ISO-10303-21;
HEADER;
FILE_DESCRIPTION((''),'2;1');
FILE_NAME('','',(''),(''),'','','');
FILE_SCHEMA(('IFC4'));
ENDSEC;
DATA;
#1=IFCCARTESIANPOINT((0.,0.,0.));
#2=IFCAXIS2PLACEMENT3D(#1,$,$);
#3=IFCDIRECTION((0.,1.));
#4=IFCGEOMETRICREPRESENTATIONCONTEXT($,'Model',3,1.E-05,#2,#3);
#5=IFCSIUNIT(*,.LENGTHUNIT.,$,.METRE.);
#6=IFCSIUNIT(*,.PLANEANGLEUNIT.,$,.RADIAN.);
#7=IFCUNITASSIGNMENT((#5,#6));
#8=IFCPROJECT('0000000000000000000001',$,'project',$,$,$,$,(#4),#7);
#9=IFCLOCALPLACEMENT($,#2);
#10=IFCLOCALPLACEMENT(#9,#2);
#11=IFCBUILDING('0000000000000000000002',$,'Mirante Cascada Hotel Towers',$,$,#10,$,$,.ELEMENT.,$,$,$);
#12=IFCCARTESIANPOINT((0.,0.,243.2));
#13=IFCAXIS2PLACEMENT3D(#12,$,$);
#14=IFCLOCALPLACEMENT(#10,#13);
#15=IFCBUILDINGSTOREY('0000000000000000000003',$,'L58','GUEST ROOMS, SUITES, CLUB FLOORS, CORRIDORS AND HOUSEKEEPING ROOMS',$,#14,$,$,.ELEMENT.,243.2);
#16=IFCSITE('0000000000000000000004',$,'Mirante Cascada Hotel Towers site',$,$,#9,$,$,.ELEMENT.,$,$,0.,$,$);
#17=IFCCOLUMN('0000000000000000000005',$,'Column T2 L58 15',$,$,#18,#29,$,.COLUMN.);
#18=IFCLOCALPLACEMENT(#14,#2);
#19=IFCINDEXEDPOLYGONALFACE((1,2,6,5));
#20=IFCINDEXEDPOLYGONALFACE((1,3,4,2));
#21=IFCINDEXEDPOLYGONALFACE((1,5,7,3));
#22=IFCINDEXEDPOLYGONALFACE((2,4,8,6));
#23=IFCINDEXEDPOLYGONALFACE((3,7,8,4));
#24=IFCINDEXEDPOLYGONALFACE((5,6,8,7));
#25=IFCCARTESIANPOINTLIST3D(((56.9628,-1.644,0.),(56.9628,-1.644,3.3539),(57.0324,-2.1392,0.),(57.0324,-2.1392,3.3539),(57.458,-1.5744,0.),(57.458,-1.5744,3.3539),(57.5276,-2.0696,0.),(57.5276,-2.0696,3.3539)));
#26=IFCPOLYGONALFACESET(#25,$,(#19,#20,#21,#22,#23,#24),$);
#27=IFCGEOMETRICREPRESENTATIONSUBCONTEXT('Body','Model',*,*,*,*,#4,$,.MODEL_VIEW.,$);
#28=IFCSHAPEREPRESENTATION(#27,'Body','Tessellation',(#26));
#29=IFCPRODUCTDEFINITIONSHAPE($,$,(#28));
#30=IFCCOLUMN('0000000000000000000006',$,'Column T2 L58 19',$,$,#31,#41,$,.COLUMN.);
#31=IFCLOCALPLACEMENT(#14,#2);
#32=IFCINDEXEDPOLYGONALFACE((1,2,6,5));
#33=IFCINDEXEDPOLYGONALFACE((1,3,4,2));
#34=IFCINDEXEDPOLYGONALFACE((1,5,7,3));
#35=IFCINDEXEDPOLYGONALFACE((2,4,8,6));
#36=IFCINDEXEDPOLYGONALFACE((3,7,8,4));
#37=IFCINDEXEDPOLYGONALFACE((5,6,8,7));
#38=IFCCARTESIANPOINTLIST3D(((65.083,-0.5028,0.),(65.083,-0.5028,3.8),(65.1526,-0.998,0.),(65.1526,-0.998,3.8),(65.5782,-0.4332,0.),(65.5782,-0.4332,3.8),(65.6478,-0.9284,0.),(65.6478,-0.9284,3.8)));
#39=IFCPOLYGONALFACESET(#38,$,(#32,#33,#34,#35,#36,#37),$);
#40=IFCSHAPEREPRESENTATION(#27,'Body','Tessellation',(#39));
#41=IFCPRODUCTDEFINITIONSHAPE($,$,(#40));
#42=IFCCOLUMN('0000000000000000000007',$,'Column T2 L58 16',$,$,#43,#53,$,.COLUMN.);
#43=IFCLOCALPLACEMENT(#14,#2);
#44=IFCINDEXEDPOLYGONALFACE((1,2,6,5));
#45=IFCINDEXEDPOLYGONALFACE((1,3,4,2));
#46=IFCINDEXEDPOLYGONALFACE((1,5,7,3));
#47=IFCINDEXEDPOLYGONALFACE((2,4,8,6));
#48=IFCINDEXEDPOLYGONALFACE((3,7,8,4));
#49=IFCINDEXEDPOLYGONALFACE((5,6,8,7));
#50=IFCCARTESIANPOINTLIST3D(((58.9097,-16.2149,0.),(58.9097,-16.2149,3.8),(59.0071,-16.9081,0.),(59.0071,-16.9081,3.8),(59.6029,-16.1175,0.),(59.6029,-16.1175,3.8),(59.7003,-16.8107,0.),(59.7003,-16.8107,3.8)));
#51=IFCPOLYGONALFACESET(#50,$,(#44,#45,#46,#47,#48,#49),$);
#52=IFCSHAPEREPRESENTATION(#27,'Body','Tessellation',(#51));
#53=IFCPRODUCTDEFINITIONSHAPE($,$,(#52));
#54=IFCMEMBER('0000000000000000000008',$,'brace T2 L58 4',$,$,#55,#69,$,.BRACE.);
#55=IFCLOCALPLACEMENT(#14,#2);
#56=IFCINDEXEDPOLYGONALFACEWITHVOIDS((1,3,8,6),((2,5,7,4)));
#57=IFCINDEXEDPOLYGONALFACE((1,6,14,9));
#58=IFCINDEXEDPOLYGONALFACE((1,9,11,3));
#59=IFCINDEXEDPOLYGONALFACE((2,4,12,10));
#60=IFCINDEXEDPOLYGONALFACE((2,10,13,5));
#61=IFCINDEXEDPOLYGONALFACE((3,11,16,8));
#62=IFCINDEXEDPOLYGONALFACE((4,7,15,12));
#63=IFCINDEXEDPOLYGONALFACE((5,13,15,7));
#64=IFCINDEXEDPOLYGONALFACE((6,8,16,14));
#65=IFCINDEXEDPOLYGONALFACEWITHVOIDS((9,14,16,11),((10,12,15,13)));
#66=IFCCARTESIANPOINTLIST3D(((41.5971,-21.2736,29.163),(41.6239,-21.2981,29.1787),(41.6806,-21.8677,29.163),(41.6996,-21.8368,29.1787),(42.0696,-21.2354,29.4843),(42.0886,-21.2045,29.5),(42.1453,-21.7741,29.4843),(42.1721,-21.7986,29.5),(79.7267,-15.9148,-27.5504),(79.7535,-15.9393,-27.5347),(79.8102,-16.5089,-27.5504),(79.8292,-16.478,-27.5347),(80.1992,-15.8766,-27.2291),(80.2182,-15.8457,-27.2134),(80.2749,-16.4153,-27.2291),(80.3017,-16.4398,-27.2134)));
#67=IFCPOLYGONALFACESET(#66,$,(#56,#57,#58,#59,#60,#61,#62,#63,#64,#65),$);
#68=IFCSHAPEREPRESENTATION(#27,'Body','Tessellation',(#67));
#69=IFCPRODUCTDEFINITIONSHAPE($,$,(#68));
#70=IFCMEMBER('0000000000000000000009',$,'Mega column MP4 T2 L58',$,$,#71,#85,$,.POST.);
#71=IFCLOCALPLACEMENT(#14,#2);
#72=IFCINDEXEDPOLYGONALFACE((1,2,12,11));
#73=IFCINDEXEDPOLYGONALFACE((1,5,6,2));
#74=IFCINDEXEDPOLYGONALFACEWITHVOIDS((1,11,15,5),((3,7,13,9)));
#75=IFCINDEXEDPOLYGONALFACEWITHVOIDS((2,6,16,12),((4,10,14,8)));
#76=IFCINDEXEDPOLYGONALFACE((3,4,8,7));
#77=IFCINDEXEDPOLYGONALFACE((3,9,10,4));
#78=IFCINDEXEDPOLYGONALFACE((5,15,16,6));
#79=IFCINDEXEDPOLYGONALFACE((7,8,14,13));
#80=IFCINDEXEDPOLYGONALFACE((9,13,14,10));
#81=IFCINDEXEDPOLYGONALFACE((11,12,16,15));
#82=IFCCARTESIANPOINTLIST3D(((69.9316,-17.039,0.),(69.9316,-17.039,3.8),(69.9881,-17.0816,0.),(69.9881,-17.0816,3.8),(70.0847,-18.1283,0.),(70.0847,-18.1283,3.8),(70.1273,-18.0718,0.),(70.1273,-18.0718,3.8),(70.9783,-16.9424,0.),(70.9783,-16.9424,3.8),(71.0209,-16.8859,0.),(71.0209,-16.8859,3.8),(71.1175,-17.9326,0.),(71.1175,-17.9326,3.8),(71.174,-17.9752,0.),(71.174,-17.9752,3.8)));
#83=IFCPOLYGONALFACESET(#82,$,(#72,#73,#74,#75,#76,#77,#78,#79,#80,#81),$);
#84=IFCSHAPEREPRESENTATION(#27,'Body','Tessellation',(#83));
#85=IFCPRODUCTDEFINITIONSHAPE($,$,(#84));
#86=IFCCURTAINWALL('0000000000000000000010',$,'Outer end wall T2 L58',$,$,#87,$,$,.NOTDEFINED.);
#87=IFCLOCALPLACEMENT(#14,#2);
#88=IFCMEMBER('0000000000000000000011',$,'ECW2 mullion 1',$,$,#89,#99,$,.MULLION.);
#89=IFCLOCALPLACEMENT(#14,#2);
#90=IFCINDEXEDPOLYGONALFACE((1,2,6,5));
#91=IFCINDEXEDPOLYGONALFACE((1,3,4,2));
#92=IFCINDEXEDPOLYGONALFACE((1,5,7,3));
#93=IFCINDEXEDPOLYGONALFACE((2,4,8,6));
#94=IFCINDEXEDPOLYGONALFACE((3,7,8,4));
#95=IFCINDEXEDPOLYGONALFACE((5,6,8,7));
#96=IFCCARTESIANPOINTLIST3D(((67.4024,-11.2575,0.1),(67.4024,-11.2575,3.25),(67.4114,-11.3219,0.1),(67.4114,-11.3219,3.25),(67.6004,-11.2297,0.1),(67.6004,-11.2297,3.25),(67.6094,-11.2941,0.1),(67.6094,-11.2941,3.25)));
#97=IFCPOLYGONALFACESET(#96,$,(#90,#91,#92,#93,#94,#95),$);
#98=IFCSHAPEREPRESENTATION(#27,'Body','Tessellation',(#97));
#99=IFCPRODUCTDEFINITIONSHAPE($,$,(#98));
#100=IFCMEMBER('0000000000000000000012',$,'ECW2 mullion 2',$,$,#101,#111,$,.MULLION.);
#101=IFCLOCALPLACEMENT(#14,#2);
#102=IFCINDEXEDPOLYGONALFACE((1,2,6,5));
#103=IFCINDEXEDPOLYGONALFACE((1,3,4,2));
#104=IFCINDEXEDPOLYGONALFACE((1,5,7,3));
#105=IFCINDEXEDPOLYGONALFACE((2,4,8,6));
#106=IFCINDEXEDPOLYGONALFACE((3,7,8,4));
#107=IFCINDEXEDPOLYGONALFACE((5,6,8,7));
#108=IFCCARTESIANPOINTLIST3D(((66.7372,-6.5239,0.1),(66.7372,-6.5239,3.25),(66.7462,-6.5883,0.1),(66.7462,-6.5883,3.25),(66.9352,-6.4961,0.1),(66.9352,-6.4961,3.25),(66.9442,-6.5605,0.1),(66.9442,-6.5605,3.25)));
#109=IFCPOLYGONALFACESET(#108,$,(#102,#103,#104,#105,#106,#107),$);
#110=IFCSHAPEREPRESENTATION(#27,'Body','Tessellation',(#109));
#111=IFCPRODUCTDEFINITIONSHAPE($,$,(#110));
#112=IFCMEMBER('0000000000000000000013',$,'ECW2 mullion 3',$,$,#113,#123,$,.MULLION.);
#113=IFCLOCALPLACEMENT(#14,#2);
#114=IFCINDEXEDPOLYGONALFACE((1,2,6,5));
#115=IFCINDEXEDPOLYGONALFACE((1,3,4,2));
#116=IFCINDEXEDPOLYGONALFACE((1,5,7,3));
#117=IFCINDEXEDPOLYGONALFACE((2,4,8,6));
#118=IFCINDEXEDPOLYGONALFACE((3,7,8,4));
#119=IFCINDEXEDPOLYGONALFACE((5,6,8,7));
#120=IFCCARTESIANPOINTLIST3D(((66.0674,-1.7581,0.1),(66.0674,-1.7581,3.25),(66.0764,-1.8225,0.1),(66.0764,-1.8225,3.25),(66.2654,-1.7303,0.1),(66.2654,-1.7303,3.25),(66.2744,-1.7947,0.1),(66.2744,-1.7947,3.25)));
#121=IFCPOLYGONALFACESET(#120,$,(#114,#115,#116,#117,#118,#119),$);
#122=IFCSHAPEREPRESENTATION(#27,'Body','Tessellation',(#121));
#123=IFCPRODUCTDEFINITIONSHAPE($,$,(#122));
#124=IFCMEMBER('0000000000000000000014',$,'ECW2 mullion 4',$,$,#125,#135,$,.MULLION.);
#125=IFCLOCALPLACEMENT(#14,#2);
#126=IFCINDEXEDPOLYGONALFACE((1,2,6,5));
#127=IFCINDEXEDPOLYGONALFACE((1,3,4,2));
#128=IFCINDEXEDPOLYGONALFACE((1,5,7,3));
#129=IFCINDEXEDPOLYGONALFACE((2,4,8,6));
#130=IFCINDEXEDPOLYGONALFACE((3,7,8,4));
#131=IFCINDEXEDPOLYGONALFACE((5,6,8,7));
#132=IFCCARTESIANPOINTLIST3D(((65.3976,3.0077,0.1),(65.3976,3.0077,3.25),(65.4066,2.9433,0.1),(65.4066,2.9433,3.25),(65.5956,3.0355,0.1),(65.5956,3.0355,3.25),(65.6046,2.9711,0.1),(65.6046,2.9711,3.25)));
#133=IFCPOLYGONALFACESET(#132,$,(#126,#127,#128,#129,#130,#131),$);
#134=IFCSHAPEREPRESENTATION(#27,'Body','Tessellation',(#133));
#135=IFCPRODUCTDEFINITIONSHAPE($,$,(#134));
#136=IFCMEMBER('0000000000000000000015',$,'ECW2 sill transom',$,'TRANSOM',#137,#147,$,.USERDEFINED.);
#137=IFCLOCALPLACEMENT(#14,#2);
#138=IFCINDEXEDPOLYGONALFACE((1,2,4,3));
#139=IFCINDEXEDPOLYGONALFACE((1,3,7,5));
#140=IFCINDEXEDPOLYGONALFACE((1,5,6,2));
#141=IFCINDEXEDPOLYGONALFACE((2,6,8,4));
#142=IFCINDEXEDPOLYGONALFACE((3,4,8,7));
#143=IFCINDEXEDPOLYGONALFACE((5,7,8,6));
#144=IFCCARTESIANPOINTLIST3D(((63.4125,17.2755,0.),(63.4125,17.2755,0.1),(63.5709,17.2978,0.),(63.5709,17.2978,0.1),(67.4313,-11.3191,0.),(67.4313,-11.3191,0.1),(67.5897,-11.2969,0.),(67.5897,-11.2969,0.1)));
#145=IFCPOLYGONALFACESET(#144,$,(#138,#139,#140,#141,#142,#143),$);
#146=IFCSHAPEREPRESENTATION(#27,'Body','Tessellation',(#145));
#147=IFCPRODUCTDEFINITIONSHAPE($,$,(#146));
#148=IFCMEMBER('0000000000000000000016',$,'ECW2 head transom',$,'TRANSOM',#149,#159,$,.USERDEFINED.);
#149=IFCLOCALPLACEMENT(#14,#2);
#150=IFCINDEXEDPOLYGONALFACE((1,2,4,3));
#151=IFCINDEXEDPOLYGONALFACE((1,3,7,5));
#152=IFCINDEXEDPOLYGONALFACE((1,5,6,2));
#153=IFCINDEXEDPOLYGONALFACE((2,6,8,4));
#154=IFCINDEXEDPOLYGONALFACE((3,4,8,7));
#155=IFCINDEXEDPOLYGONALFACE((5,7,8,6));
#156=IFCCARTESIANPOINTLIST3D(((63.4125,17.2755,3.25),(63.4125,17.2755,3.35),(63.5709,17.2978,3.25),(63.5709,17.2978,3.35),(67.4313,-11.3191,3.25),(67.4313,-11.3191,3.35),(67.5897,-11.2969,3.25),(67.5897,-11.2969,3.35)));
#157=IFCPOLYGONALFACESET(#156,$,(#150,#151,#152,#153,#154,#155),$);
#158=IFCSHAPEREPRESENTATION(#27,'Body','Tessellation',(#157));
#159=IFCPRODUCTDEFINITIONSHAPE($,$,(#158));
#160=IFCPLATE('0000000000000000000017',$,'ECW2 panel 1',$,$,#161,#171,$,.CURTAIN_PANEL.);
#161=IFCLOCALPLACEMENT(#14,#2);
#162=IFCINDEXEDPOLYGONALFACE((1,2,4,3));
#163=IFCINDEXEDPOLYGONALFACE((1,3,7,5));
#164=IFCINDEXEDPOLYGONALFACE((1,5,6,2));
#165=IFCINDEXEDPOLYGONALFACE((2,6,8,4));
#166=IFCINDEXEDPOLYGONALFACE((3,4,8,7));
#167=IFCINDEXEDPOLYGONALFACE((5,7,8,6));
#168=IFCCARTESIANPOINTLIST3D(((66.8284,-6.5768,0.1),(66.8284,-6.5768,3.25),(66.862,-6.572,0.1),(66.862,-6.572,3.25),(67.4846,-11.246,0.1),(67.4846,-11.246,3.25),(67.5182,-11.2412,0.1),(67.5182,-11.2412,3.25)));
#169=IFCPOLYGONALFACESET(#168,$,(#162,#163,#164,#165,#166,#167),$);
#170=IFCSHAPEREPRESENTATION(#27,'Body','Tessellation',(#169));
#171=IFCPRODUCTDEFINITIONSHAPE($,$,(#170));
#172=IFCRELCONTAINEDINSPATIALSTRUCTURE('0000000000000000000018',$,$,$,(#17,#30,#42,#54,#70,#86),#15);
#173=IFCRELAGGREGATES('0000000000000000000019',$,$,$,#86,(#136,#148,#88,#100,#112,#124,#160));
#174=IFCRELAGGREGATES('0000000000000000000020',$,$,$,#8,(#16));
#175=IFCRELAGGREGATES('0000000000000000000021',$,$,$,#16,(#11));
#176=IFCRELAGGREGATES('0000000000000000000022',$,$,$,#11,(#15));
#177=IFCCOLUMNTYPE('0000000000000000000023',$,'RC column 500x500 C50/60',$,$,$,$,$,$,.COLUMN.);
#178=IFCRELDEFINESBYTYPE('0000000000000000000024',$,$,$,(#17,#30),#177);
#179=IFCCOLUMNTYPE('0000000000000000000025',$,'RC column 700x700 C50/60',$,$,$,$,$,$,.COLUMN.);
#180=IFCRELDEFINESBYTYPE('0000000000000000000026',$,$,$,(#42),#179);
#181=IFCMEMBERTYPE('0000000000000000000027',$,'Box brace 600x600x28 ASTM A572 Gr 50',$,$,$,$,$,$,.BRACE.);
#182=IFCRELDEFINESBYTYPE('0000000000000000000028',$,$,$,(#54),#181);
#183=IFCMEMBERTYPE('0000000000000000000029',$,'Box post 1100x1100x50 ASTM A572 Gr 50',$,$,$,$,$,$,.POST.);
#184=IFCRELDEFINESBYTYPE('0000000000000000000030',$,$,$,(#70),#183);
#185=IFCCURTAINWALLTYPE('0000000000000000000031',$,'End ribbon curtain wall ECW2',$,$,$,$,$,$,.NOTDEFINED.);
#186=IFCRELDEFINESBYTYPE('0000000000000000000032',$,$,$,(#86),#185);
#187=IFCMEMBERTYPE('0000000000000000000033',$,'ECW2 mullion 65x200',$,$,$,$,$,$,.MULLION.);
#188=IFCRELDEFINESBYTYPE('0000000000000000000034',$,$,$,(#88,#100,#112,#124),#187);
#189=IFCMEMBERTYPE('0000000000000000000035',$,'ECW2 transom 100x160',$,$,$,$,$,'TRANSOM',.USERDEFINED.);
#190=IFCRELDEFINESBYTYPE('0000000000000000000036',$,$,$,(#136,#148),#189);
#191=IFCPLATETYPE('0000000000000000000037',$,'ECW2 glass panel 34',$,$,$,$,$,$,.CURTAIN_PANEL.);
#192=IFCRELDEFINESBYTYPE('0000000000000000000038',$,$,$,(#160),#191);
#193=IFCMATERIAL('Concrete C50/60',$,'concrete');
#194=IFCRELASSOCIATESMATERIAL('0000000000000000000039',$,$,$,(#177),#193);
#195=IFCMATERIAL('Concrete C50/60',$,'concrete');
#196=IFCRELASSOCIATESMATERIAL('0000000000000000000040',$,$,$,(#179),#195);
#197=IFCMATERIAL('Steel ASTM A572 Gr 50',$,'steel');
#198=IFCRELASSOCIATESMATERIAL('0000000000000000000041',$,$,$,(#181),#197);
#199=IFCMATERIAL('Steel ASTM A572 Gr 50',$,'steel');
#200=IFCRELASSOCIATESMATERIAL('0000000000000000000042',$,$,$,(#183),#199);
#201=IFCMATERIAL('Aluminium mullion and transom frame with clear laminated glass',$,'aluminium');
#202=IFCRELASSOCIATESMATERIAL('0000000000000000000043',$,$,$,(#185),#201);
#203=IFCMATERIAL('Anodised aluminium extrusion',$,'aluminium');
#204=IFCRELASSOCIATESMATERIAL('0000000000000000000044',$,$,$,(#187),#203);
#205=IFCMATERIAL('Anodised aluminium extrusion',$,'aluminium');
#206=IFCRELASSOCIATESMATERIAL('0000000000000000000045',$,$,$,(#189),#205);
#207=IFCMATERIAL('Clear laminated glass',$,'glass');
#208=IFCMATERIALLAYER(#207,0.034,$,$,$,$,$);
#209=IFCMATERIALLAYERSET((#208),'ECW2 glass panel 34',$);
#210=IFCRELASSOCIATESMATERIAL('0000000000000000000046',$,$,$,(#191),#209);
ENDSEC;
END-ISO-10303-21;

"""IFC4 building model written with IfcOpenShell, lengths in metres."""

from ifc_helpers import new_model, si_unit, direction, frame, origin, origin_2d, place, context, subcontext, project, spatial, rectangle, hollow_rectangle, extrude, material, layer, layer_set, material_profile, profile_set, type_object, element, aggregate, save


model = new_model("IFC4")

# Units and contexts
model_context = context("Model", 3, precision=1e-05, world=origin(), true_north=direction((0.0, 1.0)))
body_context = subcontext(model_context, "Body", "Model", "MODEL_VIEW")
ifc_project = project(units=[si_unit("LENGTHUNIT", "METRE"), si_unit("PLANEANGLEUNIT", "RADIAN")], contexts=[model_context])

# Site, building, storey
site_placement = place(None, origin())
site = spatial("IfcSite", under=ifc_project, at=site_placement, Name="Mirante Cascada Hotel Towers site", CompositionType="ELEMENT", RefElevation=0.0)
building_placement = place(site_placement, origin())
building = spatial("IfcBuilding", under=site, at=building_placement, Name="Mirante Cascada Hotel Towers", CompositionType="ELEMENT")
storey_placement = place(building_placement, frame((0.0, 0.0, 243.2)))
storey = spatial("IfcBuildingStorey", under=building, at=storey_placement, Name="L58", Description="GUEST ROOMS, SUITES, CLUB FLOORS, CORRIDORS AND HOUSEKEEPING ROOMS", CompositionType="ELEMENT", Elevation=243.2)

# Columns
ifc_material_1 = material(Name="Concrete C50/60", Category="concrete")
ifc_material_profile_1 = material_profile(ifc_material_1, rectangle(XDim=0.5, YDim=0.5, at=origin_2d()), Name="RC column 500x500 C50/60")
ifc_profile_set_1 = profile_set([ifc_material_profile_1], Name="Concrete C50/60")
column_type_1 = type_object("IfcColumnType", Name="RC column 500x500 C50/60", PredefinedType="COLUMN", material=ifc_profile_set_1)
column_1_placement = place(storey_placement, frame((57.2452, -1.8568, 0.0), z_axis=(0.0, 0.0, 1.0), x_axis=(0.990268, 0.139173, 0.0)))
element("IfcColumn", 1, at=column_1_placement, inside=storey, type_object=column_type_1, Name="Column T2 L58 15", PredefinedType="COLUMN", context=body_context, shape_type="SweptSolid", body=[
    extrude(rectangle(XDim=0.5, YDim=0.5, at=origin_2d()), origin(), (0.0, 0.0, 1.0), 3.3539),
])
column_2_placement = place(storey_placement, frame((65.3654, -0.7156, 0.0), z_axis=(0.0, 0.0, 1.0), x_axis=(0.990268, 0.139173, 0.0)))
element("IfcColumn", 2, at=column_2_placement, inside=storey, type_object=column_type_1, Name="Column T2 L58 19", PredefinedType="COLUMN", context=body_context, shape_type="SweptSolid", body=[
    extrude(rectangle(XDim=0.5, YDim=0.5, at=origin_2d()), origin(), (0.0, 0.0, 1.0), 3.8),
])
ifc_material_2 = material(Name="Concrete C50/60", Category="concrete")
ifc_material_profile_2 = material_profile(ifc_material_2, rectangle(XDim=0.7, YDim=0.7, at=origin_2d()), Name="RC column 700x700 C50/60")
ifc_profile_set_2 = profile_set([ifc_material_profile_2], Name="Concrete C50/60")
column_type_2 = type_object("IfcColumnType", Name="RC column 700x700 C50/60", PredefinedType="COLUMN", material=ifc_profile_set_2)
column_3_placement = place(storey_placement, frame((59.305, -16.5128, 0.0), z_axis=(0.0, 0.0, 1.0), x_axis=(0.990268, 0.139173, 0.0)))
element("IfcColumn", 3, at=column_3_placement, inside=storey, type_object=column_type_2, Name="Column T2 L58 16", PredefinedType="COLUMN", context=body_context, shape_type="SweptSolid", body=[
    extrude(rectangle(XDim=0.7, YDim=0.7, at=origin_2d()), origin(), (0.0, 0.0, 1.0), 3.8),
])

# Members
ifc_material_3 = material(Name="Steel ASTM A572 Gr 50", Category="steel")
ifc_material_profile_3 = material_profile(ifc_material_3, hollow_rectangle(XDim=0.6, YDim=0.6, WallThickness=0.028, at=origin_2d()), Name="Box brace 600x600x28 ASTM A572 Gr 50")
ifc_profile_set_3 = profile_set([ifc_material_profile_3], Name="Steel ASTM A572 Gr 50")
member_type_1 = type_object("IfcMemberType", Name="Box brace 600x600x28 ASTM A572 Gr 50", PredefinedType="BRACE", material=ifc_profile_set_3)
member_1_placement = place(storey_placement, frame((80.0142, -16.1773, -27.3819), z_axis=(-0.556237, -0.078174, 0.827339), x_axis=(0.139174, -0.990268, 0.0)))
element("IfcMember", 4, at=member_1_placement, inside=storey, type_object=member_type_1, Name="brace T2 L58 4", PredefinedType="BRACE", context=body_context, shape_type="SweptSolid", body=[
    extrude(hollow_rectangle(XDim=0.6, YDim=0.6, WallThickness=0.028, at=origin_2d()), origin(), (0.0, 0.0, 1.0), 68.5492),
])
ifc_material_4 = material(Name="Steel ASTM A572 Gr 50", Category="steel")
ifc_material_profile_4 = material_profile(ifc_material_4, hollow_rectangle(XDim=1.1, YDim=1.1, WallThickness=0.05, at=origin_2d()), Name="Box post 1100x1100x50 ASTM A572 Gr 50")
ifc_profile_set_4 = profile_set([ifc_material_profile_4], Name="Steel ASTM A572 Gr 50")
member_type_2 = type_object("IfcMemberType", Name="Box post 1100x1100x50 ASTM A572 Gr 50", PredefinedType="POST", material=ifc_profile_set_4)
member_2_placement = place(storey_placement, frame((70.5528, -17.5071, 0.0), z_axis=(0.0, 0.0, 1.0), x_axis=(0.990268, 0.139173, 0.0)))
element("IfcMember", 5, at=member_2_placement, inside=storey, type_object=member_type_2, Name="Mega column MP4 T2 L58", PredefinedType="POST", context=body_context, shape_type="SweptSolid", body=[
    extrude(hollow_rectangle(XDim=1.1, YDim=1.1, WallThickness=0.05, at=origin_2d()), origin(), (0.0, 0.0, 1.0), 3.8),
])

# Curtain wall, members, plate
ifc_material_5 = material(Name="Aluminium mullion and transom frame with clear laminated glass", Category="aluminium")
curtain_wall_type = type_object("IfcCurtainWallType", Name="End ribbon curtain wall ECW2", PredefinedType="NOTDEFINED", material=ifc_material_5)
curtain_wall_placement = place(storey_placement, origin())
curtain_wall = element("IfcCurtainWall", 6, at=curtain_wall_placement, inside=storey, type_object=curtain_wall_type, Name="Outer end wall T2 L58", PredefinedType="NOTDEFINED")
ifc_material_6 = material(Name="Anodised aluminium extrusion", Category="aluminium")
ifc_material_profile_5 = material_profile(ifc_material_6, rectangle(XDim=0.2, YDim=0.065, at=origin_2d()), Name="ECW2 MULLION 65x200")
ifc_profile_set_5 = profile_set([ifc_material_profile_5], Name="Anodised aluminium extrusion")
member_type_3 = type_object("IfcMemberType", Name="ECW2 mullion 65x200", PredefinedType="MULLION", material=ifc_profile_set_5)
member_3_placement = place(storey_placement, frame((67.5059, -11.2758, 0.1), z_axis=(0.0, 0.0, 1.0), x_axis=(-0.990268, -0.139173, 0.0)))
member_3 = element("IfcMember", 7, at=member_3_placement, type_object=member_type_3, Name="ECW2 mullion 1", PredefinedType="MULLION", context=body_context, shape_type="SweptSolid", body=[
    extrude(rectangle(XDim=0.2, YDim=0.065, at=origin_2d()), origin(), (0.0, 0.0, 1.0), 3.15),
])
member_4_placement = place(storey_placement, frame((66.8407, -6.5422, 0.1), z_axis=(0.0, 0.0, 1.0), x_axis=(-0.990268, -0.139173, 0.0)))
member_4 = element("IfcMember", 8, at=member_4_placement, type_object=member_type_3, Name="ECW2 mullion 2", PredefinedType="MULLION", context=body_context, shape_type="SweptSolid", body=[
    extrude(rectangle(XDim=0.2, YDim=0.065, at=origin_2d()), origin(), (0.0, 0.0, 1.0), 3.15),
])
member_5_placement = place(storey_placement, frame((66.1709, -1.7764, 0.1), z_axis=(0.0, 0.0, 1.0), x_axis=(-0.990268, -0.139173, 0.0)))
member_5 = element("IfcMember", 9, at=member_5_placement, type_object=member_type_3, Name="ECW2 mullion 3", PredefinedType="MULLION", context=body_context, shape_type="SweptSolid", body=[
    extrude(rectangle(XDim=0.2, YDim=0.065, at=origin_2d()), origin(), (0.0, 0.0, 1.0), 3.15),
])
member_6_placement = place(storey_placement, frame((65.5011, 2.9894, 0.1), z_axis=(0.0, 0.0, 1.0), x_axis=(-0.990268, -0.139173, 0.0)))
member_6 = element("IfcMember", 10, at=member_6_placement, type_object=member_type_3, Name="ECW2 mullion 4", PredefinedType="MULLION", context=body_context, shape_type="SweptSolid", body=[
    extrude(rectangle(XDim=0.2, YDim=0.065, at=origin_2d()), origin(), (0.0, 0.0, 1.0), 3.15),
])
ifc_material_7 = material(Name="Anodised aluminium extrusion", Category="aluminium")
ifc_material_profile_6 = material_profile(ifc_material_7, rectangle(XDim=0.16, YDim=0.1, at=origin_2d()), Name="ECW2 TRANSOM 100x160")
ifc_profile_set_6 = profile_set([ifc_material_profile_6], Name="Anodised aluminium extrusion")
member_type_4 = type_object("IfcMemberType", Name="ECW2 transom 100x160", ElementType="TRANSOM", PredefinedType="USERDEFINED", material=ifc_profile_set_6)
member_7_placement = place(storey_placement, frame((67.5105, -11.308, 0.05), z_axis=(-0.139176, 0.990268, 0.0), x_axis=(-0.990268, -0.139176, 0.0)))
member_7 = element("IfcMember", 11, at=member_7_placement, type_object=member_type_4, Name="ECW2 sill transom", ObjectType="TRANSOM", PredefinedType="USERDEFINED", context=body_context, shape_type="SweptSolid", body=[
    extrude(rectangle(XDim=0.16, YDim=0.1, at=origin_2d()), origin(), (0.0, 0.0, 1.0), 28.8757),
])
member_8_placement = place(storey_placement, frame((67.5105, -11.308, 3.3), z_axis=(-0.139176, 0.990268, 0.0), x_axis=(-0.990268, -0.139176, 0.0)))
member_8 = element("IfcMember", 12, at=member_8_placement, type_object=member_type_4, Name="ECW2 head transom", ObjectType="TRANSOM", PredefinedType="USERDEFINED", context=body_context, shape_type="SweptSolid", body=[
    extrude(rectangle(XDim=0.16, YDim=0.1, at=origin_2d()), origin(), (0.0, 0.0, 1.0), 28.8757),
])
ifc_material_8 = material(Name="Clear laminated glass", Category="glass")
ifc_layer_1 = layer(ifc_material_8, 0.034)
ifc_layer_set_1 = layer_set([ifc_layer_1], Name="ECW2 glass panel 34")
plate_type_1 = type_object("IfcPlateType", Name="ECW2 glass panel 34", PredefinedType="CURTAIN_PANEL", material=ifc_layer_set_1)
plate_1_placement = place(storey_placement, frame((67.1733, -8.909, 0.1), z_axis=(0.0, 0.0, 1.0), x_axis=(-0.139173, 0.990268, 0.0)))
plate_1 = element("IfcPlate", 13, at=plate_1_placement, type_object=plate_type_1, Name="ECW2 panel 1", PredefinedType="CURTAIN_PANEL", context=body_context, shape_type="SweptSolid", body=[
    extrude(rectangle(XDim=4.7151, YDim=0.034, at=origin_2d()), origin(), (0.0, 0.0, 1.0), 3.15),
])
aggregate(curtain_wall, [member_7, member_8, member_3, member_4, member_5, member_6, plate_1])

save(model, "model.ifc")
